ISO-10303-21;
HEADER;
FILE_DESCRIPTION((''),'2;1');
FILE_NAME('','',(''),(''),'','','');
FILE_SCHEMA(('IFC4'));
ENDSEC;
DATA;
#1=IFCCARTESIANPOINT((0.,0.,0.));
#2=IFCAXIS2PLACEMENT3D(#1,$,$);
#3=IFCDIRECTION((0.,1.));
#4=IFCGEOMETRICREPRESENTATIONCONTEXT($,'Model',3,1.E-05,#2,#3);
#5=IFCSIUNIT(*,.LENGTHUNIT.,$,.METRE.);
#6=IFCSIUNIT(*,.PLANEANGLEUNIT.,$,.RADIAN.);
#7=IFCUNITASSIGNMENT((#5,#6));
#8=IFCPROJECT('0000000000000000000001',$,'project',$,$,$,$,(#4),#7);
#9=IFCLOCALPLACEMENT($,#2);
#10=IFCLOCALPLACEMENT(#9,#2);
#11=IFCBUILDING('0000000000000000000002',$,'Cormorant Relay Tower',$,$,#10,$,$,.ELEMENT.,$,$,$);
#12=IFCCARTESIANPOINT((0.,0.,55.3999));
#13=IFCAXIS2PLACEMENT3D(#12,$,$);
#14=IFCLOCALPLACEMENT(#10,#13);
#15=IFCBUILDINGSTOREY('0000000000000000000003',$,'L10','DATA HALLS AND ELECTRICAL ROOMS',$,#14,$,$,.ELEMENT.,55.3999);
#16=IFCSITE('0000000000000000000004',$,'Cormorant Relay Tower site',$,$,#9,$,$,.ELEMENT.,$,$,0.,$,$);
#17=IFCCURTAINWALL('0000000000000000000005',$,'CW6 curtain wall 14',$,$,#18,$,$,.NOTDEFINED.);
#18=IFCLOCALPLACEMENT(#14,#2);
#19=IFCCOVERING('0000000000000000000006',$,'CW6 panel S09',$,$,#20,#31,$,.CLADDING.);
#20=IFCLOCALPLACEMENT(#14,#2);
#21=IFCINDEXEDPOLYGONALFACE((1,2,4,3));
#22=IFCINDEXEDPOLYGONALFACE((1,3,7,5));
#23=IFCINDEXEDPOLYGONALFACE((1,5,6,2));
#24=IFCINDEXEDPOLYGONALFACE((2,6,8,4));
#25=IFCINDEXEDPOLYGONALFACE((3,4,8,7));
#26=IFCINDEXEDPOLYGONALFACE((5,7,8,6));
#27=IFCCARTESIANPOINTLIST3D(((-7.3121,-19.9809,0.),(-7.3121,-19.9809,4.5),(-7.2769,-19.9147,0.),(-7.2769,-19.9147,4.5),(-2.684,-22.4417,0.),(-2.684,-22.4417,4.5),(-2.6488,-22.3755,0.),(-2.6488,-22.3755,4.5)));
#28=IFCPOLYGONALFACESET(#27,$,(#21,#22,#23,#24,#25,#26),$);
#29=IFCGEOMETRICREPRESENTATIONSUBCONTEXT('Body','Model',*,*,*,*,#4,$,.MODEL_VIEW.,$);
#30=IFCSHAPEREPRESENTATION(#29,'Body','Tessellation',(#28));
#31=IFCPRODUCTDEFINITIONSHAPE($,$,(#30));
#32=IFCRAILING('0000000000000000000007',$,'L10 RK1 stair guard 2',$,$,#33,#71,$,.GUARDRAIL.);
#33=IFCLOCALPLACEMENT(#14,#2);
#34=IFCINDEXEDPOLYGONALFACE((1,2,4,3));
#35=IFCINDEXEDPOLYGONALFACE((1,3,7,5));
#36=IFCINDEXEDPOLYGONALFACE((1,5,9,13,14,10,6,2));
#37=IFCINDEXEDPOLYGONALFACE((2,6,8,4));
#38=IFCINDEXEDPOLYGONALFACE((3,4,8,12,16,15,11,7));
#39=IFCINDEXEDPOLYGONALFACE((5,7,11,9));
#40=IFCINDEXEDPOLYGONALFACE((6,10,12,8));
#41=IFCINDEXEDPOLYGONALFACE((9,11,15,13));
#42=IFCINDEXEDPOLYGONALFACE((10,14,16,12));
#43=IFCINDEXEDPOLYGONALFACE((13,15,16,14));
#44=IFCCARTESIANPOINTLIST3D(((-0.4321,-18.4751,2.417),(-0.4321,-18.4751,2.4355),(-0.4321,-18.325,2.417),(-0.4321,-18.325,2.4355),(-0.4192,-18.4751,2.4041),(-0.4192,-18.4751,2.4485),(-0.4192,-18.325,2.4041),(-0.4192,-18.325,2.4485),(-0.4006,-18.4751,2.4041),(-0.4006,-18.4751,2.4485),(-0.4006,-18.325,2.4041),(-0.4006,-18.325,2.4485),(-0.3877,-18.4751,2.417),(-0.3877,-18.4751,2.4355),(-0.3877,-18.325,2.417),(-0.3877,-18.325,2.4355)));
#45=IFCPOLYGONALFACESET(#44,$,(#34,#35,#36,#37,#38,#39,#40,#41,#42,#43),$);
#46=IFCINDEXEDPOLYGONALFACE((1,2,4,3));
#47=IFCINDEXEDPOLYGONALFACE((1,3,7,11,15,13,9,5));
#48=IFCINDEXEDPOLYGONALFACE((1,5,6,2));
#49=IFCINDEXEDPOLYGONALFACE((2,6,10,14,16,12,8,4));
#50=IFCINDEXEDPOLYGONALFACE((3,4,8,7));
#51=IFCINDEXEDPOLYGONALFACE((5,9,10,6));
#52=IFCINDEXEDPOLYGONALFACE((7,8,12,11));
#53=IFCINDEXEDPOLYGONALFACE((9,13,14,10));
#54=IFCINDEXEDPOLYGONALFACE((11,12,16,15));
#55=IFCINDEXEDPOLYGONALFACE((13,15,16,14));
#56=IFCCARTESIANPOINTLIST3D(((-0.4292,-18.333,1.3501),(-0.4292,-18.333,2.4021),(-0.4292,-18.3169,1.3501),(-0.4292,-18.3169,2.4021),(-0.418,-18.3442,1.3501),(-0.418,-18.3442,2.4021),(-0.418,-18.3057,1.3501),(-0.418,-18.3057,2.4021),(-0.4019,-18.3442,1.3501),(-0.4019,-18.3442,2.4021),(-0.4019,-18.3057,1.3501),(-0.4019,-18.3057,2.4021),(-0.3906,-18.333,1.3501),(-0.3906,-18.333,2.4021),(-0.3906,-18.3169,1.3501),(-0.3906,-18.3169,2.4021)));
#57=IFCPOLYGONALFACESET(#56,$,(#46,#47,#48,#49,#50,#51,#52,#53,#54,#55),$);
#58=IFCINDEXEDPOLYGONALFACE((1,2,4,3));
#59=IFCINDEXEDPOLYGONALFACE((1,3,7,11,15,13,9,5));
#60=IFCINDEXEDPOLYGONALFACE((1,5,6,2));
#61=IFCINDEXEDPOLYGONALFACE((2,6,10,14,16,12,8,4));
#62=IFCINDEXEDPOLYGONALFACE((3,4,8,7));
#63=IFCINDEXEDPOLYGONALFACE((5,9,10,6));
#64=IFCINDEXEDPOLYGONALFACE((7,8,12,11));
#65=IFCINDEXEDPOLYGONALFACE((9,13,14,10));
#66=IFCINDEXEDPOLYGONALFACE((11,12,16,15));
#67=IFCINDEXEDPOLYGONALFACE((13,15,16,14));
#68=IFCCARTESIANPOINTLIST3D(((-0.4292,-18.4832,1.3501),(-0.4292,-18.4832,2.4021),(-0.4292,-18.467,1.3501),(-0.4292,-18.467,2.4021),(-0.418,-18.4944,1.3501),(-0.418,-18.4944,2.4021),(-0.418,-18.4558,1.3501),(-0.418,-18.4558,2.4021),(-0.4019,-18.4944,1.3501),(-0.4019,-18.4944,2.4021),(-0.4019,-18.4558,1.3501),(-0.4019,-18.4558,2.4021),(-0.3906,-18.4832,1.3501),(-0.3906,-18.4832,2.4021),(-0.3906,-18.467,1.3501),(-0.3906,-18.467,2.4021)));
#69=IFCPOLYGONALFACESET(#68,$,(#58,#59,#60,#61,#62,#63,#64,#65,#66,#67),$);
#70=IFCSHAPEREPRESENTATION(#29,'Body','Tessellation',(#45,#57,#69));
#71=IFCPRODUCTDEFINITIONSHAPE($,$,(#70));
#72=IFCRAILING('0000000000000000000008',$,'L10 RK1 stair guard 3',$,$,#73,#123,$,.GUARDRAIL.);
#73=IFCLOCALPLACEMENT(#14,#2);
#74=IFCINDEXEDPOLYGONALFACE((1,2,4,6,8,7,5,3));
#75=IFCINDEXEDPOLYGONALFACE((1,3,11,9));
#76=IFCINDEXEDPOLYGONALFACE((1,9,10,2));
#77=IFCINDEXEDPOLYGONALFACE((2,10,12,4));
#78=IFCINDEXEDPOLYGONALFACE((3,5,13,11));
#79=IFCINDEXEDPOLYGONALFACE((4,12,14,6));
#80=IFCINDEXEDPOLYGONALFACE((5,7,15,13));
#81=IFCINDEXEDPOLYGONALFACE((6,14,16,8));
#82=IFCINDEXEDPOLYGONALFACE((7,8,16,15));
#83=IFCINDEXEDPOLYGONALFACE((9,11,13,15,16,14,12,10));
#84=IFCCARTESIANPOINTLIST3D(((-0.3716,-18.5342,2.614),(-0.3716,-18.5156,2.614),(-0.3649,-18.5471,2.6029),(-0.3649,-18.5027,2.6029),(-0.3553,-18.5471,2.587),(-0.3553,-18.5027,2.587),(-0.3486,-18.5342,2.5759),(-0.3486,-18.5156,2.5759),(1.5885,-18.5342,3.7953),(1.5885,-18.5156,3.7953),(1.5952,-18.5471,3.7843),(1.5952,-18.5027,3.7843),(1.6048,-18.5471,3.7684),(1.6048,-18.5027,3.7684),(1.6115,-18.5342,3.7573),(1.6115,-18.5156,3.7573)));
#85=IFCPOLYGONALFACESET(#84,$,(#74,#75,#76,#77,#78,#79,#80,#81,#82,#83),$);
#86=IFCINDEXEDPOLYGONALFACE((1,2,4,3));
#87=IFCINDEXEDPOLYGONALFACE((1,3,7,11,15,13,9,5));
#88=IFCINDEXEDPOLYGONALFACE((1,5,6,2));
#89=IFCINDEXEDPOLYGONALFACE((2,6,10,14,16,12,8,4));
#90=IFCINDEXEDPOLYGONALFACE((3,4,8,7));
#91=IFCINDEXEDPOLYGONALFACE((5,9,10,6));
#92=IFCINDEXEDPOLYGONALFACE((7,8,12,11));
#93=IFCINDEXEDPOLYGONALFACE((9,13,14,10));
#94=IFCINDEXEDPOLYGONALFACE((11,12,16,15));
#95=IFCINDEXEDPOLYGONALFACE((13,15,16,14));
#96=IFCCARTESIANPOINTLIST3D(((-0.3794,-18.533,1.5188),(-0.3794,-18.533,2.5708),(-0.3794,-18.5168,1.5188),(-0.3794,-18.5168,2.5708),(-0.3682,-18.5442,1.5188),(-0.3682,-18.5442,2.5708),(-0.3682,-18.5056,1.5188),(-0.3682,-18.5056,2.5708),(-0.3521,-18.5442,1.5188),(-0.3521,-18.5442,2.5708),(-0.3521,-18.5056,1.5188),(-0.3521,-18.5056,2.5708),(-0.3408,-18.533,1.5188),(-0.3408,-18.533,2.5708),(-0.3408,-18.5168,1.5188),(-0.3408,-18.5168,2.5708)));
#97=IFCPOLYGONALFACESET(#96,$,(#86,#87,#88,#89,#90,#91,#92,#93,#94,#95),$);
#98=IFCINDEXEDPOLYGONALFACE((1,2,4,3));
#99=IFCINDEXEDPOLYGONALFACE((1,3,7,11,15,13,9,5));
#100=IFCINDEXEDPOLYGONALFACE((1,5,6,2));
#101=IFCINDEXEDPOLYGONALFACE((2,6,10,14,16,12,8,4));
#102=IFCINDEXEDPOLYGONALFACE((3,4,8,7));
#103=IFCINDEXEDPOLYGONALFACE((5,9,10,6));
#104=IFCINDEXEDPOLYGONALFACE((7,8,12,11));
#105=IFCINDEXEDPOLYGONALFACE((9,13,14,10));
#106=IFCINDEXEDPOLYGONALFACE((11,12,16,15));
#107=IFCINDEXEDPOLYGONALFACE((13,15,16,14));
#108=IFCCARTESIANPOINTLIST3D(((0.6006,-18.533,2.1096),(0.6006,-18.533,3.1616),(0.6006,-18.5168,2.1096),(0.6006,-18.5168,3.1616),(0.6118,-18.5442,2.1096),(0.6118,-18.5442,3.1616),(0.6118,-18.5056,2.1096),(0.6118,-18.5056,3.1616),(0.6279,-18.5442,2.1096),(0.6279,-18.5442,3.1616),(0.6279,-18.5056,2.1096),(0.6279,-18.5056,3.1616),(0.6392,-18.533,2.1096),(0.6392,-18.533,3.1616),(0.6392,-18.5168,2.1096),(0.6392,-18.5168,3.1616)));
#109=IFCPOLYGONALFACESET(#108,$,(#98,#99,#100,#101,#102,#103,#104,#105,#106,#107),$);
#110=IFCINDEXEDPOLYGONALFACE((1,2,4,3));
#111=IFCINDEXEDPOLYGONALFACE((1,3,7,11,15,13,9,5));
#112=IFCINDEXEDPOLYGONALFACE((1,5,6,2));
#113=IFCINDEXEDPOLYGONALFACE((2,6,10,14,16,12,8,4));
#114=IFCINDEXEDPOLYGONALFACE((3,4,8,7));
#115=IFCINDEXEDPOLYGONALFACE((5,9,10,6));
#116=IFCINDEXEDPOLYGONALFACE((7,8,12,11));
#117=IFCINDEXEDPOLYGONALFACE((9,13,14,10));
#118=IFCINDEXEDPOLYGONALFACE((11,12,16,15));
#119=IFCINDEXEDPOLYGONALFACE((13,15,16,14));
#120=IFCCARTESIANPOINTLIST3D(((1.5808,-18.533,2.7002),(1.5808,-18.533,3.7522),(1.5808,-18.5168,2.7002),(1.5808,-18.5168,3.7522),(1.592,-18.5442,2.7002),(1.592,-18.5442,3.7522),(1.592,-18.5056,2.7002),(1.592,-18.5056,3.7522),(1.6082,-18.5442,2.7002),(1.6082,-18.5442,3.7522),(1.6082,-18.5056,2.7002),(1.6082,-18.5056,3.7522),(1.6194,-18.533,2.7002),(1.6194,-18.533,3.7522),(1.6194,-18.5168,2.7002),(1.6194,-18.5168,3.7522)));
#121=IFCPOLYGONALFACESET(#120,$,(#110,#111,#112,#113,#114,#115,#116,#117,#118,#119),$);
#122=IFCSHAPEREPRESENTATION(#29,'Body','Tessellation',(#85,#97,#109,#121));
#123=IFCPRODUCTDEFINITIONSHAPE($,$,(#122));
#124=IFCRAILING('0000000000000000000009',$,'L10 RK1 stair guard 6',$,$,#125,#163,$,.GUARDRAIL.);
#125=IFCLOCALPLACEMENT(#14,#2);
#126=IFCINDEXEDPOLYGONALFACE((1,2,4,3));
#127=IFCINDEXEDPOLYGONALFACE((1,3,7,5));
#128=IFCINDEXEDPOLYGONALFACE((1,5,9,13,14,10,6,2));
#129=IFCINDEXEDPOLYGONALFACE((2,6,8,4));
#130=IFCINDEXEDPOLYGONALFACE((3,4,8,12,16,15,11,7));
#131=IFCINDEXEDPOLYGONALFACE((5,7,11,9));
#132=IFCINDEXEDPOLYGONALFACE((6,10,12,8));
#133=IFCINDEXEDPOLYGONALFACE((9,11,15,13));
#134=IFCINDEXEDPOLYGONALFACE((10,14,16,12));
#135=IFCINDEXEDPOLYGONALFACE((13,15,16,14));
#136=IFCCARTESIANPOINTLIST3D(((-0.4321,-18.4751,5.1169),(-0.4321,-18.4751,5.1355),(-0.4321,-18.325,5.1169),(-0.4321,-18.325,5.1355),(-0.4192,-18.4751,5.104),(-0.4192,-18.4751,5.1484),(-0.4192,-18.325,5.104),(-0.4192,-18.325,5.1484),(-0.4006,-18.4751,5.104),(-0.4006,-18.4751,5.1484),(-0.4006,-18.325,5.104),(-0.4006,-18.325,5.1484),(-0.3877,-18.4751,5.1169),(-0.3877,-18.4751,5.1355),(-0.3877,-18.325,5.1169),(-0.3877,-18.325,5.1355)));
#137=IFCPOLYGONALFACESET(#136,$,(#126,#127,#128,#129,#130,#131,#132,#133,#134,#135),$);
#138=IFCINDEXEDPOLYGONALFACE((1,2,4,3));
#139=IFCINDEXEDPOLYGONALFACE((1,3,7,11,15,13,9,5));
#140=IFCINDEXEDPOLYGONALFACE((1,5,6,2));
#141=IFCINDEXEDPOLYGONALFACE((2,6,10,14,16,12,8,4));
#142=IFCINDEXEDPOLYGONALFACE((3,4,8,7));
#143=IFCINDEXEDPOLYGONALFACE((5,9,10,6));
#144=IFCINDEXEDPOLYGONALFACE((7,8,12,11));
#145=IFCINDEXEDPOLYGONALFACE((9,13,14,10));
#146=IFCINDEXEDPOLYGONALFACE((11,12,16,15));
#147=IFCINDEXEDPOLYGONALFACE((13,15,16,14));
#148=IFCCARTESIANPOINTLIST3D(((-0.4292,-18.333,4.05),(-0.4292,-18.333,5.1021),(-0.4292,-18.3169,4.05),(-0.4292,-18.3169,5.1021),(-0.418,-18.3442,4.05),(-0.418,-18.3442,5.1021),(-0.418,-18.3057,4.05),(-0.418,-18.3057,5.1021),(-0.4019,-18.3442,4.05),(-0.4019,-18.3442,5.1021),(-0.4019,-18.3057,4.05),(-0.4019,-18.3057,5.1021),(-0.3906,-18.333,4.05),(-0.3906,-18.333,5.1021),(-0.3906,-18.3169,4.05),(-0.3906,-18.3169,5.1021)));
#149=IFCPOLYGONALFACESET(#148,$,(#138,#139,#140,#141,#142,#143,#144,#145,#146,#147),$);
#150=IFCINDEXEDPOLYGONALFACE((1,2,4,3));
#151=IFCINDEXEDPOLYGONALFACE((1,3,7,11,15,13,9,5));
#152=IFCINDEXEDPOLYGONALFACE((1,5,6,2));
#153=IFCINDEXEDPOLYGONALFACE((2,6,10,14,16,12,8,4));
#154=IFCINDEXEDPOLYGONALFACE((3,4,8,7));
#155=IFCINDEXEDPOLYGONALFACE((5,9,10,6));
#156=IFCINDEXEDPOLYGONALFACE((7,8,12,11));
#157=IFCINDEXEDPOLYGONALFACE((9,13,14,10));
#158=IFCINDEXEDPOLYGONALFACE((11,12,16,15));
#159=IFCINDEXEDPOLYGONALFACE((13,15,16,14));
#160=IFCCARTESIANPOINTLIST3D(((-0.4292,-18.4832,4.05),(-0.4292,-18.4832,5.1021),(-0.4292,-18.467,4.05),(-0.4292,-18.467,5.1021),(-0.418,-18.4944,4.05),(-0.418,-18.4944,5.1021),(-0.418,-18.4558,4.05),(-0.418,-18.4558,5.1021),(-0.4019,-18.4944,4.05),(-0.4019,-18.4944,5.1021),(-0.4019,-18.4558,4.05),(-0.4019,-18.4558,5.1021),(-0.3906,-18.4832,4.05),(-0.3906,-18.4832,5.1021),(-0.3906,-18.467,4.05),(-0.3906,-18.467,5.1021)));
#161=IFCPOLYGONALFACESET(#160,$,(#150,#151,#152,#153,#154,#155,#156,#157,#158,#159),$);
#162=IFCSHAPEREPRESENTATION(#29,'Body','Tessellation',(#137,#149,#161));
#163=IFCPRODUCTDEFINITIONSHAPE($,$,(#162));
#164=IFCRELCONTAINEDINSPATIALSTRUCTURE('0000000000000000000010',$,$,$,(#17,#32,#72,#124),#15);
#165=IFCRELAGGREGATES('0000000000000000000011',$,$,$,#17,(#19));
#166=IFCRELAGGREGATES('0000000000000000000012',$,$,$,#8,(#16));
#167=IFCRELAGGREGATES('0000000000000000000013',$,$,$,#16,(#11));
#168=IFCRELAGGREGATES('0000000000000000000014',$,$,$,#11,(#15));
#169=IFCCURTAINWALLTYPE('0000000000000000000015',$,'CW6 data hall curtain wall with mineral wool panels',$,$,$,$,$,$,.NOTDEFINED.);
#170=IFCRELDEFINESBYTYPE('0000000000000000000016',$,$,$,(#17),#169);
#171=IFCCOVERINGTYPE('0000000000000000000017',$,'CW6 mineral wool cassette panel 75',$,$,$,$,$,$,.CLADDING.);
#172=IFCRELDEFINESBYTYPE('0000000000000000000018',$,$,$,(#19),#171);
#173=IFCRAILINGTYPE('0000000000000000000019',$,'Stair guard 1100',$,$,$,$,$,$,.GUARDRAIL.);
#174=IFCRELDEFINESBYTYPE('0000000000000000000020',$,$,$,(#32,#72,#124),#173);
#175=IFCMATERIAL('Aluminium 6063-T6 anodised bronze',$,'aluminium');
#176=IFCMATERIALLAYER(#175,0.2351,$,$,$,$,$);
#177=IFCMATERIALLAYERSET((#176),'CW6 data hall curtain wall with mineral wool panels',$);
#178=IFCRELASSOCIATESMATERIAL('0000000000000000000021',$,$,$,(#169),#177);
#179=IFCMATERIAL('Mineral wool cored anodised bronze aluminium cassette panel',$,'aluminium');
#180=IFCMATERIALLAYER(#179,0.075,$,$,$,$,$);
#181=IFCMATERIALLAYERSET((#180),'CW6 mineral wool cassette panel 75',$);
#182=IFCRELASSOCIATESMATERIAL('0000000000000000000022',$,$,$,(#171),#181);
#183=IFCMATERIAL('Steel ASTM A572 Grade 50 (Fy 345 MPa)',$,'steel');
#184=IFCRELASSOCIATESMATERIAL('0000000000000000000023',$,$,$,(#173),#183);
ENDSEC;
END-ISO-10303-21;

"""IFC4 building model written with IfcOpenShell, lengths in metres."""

from ifc_helpers import new_model, si_unit, direction, frame, origin, origin_2d, place, context, subcontext, project, spatial, polyline, rectangle, outline, extrude, material, layer, layer_set, type_object, element, aggregate, save


model = new_model("IFC4")

# Units and contexts
model_context = context("Model", 3, precision=1e-05, world=origin(), true_north=direction((0.0, 1.0)))
body_context = subcontext(model_context, "Body", "Model", "MODEL_VIEW")
ifc_project = project(units=[si_unit("LENGTHUNIT", "METRE"), si_unit("PLANEANGLEUNIT", "RADIAN")], contexts=[model_context])

# Site, building, storey
site_placement = place(None, origin())
site = spatial("IfcSite", under=ifc_project, at=site_placement, Name="Cormorant Relay Tower site", CompositionType="ELEMENT", RefElevation=0.0)
building_placement = place(site_placement, origin())
building = spatial("IfcBuilding", under=site, at=building_placement, Name="Cormorant Relay Tower", CompositionType="ELEMENT")
storey_placement = place(building_placement, frame((0.0, 0.0, 55.3999)))
storey = spatial("IfcBuildingStorey", under=building, at=storey_placement, Name="L10", Description="DATA HALLS AND ELECTRICAL ROOMS", CompositionType="ELEMENT", Elevation=55.3999)

# Shared definitions
ifc_material_1 = material(Name="Aluminium 6063-T6 anodised bronze", Category="aluminium")
ifc_layer_1 = layer(ifc_material_1, 0.2351)
ifc_layer_set_1 = layer_set([ifc_layer_1], Name="CW6 data hall curtain wall with mineral wool panels")
curtain_wall_type = type_object("IfcCurtainWallType", Name="CW6 data hall curtain wall with mineral wool panels", PredefinedType="NOTDEFINED", material=ifc_layer_set_1)

# Curtain wall
curtain_wall_1_placement = place(storey_placement, origin())
curtain_wall_1 = element("IfcCurtainWall", 1, at=curtain_wall_1_placement, inside=storey, type_object=curtain_wall_type, Name="CW6 curtain wall 14", PredefinedType="NOTDEFINED")

# Covering
ifc_material_2 = material(Name="Mineral wool cored anodised bronze aluminium cassette panel", Category="aluminium")
ifc_layer_2 = layer(ifc_material_2, 0.075)
ifc_layer_set_2 = layer_set([ifc_layer_2], Name="CW6 mineral wool cassette panel 75")
covering_type = type_object("IfcCoveringType", Name="CW6 mineral wool cassette panel 75", PredefinedType="CLADDING", material=ifc_layer_set_2)
covering_1_placement = place(storey_placement, frame((-4.9805, -21.1782, 0.0), z_axis=(0.0, 0.0, 1.0), x_axis=(0.882948, -0.469472, 0.0)))
covering_1 = element("IfcCovering", 2, at=covering_1_placement, type_object=covering_type, Name="CW6 panel S09", PredefinedType="CLADDING", context=body_context, shape_type="SweptSolid", body=[
    extrude(rectangle(XDim=5.2417, YDim=0.075, at=origin_2d()), origin(), (0.0, 0.0, 1.0), 4.5),
])
aggregate(curtain_wall_1, [covering_1])

# Railings
ifc_material_3 = material(Name="Steel ASTM A572 Grade 50 (Fy 345 MPa)", Category="steel")
railing_type_1 = type_object("IfcRailingType", Name="Stair guard 1100", PredefinedType="GUARDRAIL", material=ifc_material_3)
railing_1_placement = place(storey_placement, frame((-0.4099, -18.325, 1.3501)))
element("IfcRailing", 3, at=railing_1_placement, inside=storey, type_object=railing_type_1, Name="L10 RK1 stair guard 2", PredefinedType="GUARDRAIL", context=body_context, shape_type="SweptSolid", body=[
    extrude(outline(polyline([(0.0222, 0.0093), (0.0093, 0.0222), (-0.0093, 0.0222), (-0.0222, 0.0093), (-0.0222, -0.0093), (-0.0093, -0.0222), (0.0093, -0.0222), (0.0222, -0.0093), (0.0222, 0.0093)])), frame((0.0, 0.0, 1.0762), z_axis=(0.0, -1.0, 0.0), x_axis=(1.0, 0.0, 0.0)), (0.0, 0.0, 1.0), 0.1501),
    extrude(outline(polyline([(0.0193, 0.0081), (0.0081, 0.0193), (-0.0081, 0.0193), (-0.0193, 0.0081), (-0.0193, -0.0081), (-0.0081, -0.0193), (0.0081, -0.0193), (0.0193, -0.0081), (0.0193, 0.0081)])), origin(), (0.0, 0.0, 1.0), 1.052),
    extrude(outline(polyline([(0.0193, 0.0081), (0.0081, 0.0193), (-0.0081, 0.0193), (-0.0193, 0.0081), (-0.0193, -0.0081), (-0.0081, -0.0193), (0.0081, -0.0193), (0.0193, -0.0081), (0.0193, 0.0081)])), frame((0.0, -0.1501, 0.0)), (0.0, 0.0, 1.0), 1.052),
])
railing_2_placement = place(storey_placement, frame((-0.3601, -18.5249, 1.5188)))
element("IfcRailing", 4, at=railing_2_placement, inside=storey, type_object=railing_type_1, Name="L10 RK1 stair guard 3", PredefinedType="GUARDRAIL", context=body_context, shape_type="SweptSolid", body=[
    extrude(outline(polyline([(0.0222, 0.0093), (0.0093, 0.0222), (-0.0093, 0.0222), (-0.0222, 0.0093), (-0.0222, -0.0093), (-0.0093, -0.0222), (0.0093, -0.0222), (0.0222, -0.0093), (0.0222, 0.0093)])), frame((0.0, 0.0, 1.0762), z_axis=(0.856475, 0.0, 0.516189), x_axis=(0.0, 1.0, 0.0)), (0.0, 0.0, 1.0), 2.2886),
    extrude(outline(polyline([(0.0193, 0.0081), (0.0081, 0.0193), (-0.0081, 0.0193), (-0.0193, 0.0081), (-0.0193, -0.0081), (-0.0081, -0.0193), (0.0081, -0.0193), (0.0193, -0.0081), (0.0193, 0.0081)])), origin(), (0.0, 0.0, 1.0), 1.052),
    extrude(outline(polyline([(0.0193, 0.0081), (0.0081, 0.0193), (-0.0081, 0.0193), (-0.0193, 0.0081), (-0.0193, -0.0081), (-0.0081, -0.0193), (0.0081, -0.0193), (0.0193, -0.0081), (0.0193, 0.0081)])), frame((0.98, 0.0, 0.5908)), (0.0, 0.0, 1.0), 1.052),
    extrude(outline(polyline([(0.0193, 0.0081), (0.0081, 0.0193), (-0.0081, 0.0193), (-0.0193, 0.0081), (-0.0193, -0.0081), (-0.0081, -0.0193), (0.0081, -0.0193), (0.0193, -0.0081), (0.0193, 0.0081)])), frame((1.9602, 0.0, 1.1814)), (0.0, 0.0, 1.0), 1.052),
])
railing_3_placement = place(storey_placement, frame((-0.4099, -18.325, 4.05)))
element("IfcRailing", 5, at=railing_3_placement, inside=storey, type_object=railing_type_1, Name="L10 RK1 stair guard 6", PredefinedType="GUARDRAIL", context=body_context, shape_type="SweptSolid", body=[
    extrude(outline(polyline([(0.0222, 0.0093), (0.0093, 0.0222), (-0.0093, 0.0222), (-0.0222, 0.0093), (-0.0222, -0.0093), (-0.0093, -0.0222), (0.0093, -0.0222), (0.0222, -0.0093), (0.0222, 0.0093)])), frame((0.0, 0.0, 1.0762), z_axis=(0.0, -1.0, 0.0), x_axis=(1.0, 0.0, 0.0)), (0.0, 0.0, 1.0), 0.1501),
    extrude(outline(polyline([(0.0193, 0.0081), (0.0081, 0.0193), (-0.0081, 0.0193), (-0.0193, 0.0081), (-0.0193, -0.0081), (-0.0081, -0.0193), (0.0081, -0.0193), (0.0193, -0.0081), (0.0193, 0.0081)])), origin(), (0.0, 0.0, 1.0), 1.052),
    extrude(outline(polyline([(0.0193, 0.0081), (0.0081, 0.0193), (-0.0081, 0.0193), (-0.0193, 0.0081), (-0.0193, -0.0081), (-0.0081, -0.0193), (0.0081, -0.0193), (0.0193, -0.0081), (0.0193, 0.0081)])), frame((0.0, -0.1501, 0.0)), (0.0, 0.0, 1.0), 1.052),
])

save(model, "model.ifc")
